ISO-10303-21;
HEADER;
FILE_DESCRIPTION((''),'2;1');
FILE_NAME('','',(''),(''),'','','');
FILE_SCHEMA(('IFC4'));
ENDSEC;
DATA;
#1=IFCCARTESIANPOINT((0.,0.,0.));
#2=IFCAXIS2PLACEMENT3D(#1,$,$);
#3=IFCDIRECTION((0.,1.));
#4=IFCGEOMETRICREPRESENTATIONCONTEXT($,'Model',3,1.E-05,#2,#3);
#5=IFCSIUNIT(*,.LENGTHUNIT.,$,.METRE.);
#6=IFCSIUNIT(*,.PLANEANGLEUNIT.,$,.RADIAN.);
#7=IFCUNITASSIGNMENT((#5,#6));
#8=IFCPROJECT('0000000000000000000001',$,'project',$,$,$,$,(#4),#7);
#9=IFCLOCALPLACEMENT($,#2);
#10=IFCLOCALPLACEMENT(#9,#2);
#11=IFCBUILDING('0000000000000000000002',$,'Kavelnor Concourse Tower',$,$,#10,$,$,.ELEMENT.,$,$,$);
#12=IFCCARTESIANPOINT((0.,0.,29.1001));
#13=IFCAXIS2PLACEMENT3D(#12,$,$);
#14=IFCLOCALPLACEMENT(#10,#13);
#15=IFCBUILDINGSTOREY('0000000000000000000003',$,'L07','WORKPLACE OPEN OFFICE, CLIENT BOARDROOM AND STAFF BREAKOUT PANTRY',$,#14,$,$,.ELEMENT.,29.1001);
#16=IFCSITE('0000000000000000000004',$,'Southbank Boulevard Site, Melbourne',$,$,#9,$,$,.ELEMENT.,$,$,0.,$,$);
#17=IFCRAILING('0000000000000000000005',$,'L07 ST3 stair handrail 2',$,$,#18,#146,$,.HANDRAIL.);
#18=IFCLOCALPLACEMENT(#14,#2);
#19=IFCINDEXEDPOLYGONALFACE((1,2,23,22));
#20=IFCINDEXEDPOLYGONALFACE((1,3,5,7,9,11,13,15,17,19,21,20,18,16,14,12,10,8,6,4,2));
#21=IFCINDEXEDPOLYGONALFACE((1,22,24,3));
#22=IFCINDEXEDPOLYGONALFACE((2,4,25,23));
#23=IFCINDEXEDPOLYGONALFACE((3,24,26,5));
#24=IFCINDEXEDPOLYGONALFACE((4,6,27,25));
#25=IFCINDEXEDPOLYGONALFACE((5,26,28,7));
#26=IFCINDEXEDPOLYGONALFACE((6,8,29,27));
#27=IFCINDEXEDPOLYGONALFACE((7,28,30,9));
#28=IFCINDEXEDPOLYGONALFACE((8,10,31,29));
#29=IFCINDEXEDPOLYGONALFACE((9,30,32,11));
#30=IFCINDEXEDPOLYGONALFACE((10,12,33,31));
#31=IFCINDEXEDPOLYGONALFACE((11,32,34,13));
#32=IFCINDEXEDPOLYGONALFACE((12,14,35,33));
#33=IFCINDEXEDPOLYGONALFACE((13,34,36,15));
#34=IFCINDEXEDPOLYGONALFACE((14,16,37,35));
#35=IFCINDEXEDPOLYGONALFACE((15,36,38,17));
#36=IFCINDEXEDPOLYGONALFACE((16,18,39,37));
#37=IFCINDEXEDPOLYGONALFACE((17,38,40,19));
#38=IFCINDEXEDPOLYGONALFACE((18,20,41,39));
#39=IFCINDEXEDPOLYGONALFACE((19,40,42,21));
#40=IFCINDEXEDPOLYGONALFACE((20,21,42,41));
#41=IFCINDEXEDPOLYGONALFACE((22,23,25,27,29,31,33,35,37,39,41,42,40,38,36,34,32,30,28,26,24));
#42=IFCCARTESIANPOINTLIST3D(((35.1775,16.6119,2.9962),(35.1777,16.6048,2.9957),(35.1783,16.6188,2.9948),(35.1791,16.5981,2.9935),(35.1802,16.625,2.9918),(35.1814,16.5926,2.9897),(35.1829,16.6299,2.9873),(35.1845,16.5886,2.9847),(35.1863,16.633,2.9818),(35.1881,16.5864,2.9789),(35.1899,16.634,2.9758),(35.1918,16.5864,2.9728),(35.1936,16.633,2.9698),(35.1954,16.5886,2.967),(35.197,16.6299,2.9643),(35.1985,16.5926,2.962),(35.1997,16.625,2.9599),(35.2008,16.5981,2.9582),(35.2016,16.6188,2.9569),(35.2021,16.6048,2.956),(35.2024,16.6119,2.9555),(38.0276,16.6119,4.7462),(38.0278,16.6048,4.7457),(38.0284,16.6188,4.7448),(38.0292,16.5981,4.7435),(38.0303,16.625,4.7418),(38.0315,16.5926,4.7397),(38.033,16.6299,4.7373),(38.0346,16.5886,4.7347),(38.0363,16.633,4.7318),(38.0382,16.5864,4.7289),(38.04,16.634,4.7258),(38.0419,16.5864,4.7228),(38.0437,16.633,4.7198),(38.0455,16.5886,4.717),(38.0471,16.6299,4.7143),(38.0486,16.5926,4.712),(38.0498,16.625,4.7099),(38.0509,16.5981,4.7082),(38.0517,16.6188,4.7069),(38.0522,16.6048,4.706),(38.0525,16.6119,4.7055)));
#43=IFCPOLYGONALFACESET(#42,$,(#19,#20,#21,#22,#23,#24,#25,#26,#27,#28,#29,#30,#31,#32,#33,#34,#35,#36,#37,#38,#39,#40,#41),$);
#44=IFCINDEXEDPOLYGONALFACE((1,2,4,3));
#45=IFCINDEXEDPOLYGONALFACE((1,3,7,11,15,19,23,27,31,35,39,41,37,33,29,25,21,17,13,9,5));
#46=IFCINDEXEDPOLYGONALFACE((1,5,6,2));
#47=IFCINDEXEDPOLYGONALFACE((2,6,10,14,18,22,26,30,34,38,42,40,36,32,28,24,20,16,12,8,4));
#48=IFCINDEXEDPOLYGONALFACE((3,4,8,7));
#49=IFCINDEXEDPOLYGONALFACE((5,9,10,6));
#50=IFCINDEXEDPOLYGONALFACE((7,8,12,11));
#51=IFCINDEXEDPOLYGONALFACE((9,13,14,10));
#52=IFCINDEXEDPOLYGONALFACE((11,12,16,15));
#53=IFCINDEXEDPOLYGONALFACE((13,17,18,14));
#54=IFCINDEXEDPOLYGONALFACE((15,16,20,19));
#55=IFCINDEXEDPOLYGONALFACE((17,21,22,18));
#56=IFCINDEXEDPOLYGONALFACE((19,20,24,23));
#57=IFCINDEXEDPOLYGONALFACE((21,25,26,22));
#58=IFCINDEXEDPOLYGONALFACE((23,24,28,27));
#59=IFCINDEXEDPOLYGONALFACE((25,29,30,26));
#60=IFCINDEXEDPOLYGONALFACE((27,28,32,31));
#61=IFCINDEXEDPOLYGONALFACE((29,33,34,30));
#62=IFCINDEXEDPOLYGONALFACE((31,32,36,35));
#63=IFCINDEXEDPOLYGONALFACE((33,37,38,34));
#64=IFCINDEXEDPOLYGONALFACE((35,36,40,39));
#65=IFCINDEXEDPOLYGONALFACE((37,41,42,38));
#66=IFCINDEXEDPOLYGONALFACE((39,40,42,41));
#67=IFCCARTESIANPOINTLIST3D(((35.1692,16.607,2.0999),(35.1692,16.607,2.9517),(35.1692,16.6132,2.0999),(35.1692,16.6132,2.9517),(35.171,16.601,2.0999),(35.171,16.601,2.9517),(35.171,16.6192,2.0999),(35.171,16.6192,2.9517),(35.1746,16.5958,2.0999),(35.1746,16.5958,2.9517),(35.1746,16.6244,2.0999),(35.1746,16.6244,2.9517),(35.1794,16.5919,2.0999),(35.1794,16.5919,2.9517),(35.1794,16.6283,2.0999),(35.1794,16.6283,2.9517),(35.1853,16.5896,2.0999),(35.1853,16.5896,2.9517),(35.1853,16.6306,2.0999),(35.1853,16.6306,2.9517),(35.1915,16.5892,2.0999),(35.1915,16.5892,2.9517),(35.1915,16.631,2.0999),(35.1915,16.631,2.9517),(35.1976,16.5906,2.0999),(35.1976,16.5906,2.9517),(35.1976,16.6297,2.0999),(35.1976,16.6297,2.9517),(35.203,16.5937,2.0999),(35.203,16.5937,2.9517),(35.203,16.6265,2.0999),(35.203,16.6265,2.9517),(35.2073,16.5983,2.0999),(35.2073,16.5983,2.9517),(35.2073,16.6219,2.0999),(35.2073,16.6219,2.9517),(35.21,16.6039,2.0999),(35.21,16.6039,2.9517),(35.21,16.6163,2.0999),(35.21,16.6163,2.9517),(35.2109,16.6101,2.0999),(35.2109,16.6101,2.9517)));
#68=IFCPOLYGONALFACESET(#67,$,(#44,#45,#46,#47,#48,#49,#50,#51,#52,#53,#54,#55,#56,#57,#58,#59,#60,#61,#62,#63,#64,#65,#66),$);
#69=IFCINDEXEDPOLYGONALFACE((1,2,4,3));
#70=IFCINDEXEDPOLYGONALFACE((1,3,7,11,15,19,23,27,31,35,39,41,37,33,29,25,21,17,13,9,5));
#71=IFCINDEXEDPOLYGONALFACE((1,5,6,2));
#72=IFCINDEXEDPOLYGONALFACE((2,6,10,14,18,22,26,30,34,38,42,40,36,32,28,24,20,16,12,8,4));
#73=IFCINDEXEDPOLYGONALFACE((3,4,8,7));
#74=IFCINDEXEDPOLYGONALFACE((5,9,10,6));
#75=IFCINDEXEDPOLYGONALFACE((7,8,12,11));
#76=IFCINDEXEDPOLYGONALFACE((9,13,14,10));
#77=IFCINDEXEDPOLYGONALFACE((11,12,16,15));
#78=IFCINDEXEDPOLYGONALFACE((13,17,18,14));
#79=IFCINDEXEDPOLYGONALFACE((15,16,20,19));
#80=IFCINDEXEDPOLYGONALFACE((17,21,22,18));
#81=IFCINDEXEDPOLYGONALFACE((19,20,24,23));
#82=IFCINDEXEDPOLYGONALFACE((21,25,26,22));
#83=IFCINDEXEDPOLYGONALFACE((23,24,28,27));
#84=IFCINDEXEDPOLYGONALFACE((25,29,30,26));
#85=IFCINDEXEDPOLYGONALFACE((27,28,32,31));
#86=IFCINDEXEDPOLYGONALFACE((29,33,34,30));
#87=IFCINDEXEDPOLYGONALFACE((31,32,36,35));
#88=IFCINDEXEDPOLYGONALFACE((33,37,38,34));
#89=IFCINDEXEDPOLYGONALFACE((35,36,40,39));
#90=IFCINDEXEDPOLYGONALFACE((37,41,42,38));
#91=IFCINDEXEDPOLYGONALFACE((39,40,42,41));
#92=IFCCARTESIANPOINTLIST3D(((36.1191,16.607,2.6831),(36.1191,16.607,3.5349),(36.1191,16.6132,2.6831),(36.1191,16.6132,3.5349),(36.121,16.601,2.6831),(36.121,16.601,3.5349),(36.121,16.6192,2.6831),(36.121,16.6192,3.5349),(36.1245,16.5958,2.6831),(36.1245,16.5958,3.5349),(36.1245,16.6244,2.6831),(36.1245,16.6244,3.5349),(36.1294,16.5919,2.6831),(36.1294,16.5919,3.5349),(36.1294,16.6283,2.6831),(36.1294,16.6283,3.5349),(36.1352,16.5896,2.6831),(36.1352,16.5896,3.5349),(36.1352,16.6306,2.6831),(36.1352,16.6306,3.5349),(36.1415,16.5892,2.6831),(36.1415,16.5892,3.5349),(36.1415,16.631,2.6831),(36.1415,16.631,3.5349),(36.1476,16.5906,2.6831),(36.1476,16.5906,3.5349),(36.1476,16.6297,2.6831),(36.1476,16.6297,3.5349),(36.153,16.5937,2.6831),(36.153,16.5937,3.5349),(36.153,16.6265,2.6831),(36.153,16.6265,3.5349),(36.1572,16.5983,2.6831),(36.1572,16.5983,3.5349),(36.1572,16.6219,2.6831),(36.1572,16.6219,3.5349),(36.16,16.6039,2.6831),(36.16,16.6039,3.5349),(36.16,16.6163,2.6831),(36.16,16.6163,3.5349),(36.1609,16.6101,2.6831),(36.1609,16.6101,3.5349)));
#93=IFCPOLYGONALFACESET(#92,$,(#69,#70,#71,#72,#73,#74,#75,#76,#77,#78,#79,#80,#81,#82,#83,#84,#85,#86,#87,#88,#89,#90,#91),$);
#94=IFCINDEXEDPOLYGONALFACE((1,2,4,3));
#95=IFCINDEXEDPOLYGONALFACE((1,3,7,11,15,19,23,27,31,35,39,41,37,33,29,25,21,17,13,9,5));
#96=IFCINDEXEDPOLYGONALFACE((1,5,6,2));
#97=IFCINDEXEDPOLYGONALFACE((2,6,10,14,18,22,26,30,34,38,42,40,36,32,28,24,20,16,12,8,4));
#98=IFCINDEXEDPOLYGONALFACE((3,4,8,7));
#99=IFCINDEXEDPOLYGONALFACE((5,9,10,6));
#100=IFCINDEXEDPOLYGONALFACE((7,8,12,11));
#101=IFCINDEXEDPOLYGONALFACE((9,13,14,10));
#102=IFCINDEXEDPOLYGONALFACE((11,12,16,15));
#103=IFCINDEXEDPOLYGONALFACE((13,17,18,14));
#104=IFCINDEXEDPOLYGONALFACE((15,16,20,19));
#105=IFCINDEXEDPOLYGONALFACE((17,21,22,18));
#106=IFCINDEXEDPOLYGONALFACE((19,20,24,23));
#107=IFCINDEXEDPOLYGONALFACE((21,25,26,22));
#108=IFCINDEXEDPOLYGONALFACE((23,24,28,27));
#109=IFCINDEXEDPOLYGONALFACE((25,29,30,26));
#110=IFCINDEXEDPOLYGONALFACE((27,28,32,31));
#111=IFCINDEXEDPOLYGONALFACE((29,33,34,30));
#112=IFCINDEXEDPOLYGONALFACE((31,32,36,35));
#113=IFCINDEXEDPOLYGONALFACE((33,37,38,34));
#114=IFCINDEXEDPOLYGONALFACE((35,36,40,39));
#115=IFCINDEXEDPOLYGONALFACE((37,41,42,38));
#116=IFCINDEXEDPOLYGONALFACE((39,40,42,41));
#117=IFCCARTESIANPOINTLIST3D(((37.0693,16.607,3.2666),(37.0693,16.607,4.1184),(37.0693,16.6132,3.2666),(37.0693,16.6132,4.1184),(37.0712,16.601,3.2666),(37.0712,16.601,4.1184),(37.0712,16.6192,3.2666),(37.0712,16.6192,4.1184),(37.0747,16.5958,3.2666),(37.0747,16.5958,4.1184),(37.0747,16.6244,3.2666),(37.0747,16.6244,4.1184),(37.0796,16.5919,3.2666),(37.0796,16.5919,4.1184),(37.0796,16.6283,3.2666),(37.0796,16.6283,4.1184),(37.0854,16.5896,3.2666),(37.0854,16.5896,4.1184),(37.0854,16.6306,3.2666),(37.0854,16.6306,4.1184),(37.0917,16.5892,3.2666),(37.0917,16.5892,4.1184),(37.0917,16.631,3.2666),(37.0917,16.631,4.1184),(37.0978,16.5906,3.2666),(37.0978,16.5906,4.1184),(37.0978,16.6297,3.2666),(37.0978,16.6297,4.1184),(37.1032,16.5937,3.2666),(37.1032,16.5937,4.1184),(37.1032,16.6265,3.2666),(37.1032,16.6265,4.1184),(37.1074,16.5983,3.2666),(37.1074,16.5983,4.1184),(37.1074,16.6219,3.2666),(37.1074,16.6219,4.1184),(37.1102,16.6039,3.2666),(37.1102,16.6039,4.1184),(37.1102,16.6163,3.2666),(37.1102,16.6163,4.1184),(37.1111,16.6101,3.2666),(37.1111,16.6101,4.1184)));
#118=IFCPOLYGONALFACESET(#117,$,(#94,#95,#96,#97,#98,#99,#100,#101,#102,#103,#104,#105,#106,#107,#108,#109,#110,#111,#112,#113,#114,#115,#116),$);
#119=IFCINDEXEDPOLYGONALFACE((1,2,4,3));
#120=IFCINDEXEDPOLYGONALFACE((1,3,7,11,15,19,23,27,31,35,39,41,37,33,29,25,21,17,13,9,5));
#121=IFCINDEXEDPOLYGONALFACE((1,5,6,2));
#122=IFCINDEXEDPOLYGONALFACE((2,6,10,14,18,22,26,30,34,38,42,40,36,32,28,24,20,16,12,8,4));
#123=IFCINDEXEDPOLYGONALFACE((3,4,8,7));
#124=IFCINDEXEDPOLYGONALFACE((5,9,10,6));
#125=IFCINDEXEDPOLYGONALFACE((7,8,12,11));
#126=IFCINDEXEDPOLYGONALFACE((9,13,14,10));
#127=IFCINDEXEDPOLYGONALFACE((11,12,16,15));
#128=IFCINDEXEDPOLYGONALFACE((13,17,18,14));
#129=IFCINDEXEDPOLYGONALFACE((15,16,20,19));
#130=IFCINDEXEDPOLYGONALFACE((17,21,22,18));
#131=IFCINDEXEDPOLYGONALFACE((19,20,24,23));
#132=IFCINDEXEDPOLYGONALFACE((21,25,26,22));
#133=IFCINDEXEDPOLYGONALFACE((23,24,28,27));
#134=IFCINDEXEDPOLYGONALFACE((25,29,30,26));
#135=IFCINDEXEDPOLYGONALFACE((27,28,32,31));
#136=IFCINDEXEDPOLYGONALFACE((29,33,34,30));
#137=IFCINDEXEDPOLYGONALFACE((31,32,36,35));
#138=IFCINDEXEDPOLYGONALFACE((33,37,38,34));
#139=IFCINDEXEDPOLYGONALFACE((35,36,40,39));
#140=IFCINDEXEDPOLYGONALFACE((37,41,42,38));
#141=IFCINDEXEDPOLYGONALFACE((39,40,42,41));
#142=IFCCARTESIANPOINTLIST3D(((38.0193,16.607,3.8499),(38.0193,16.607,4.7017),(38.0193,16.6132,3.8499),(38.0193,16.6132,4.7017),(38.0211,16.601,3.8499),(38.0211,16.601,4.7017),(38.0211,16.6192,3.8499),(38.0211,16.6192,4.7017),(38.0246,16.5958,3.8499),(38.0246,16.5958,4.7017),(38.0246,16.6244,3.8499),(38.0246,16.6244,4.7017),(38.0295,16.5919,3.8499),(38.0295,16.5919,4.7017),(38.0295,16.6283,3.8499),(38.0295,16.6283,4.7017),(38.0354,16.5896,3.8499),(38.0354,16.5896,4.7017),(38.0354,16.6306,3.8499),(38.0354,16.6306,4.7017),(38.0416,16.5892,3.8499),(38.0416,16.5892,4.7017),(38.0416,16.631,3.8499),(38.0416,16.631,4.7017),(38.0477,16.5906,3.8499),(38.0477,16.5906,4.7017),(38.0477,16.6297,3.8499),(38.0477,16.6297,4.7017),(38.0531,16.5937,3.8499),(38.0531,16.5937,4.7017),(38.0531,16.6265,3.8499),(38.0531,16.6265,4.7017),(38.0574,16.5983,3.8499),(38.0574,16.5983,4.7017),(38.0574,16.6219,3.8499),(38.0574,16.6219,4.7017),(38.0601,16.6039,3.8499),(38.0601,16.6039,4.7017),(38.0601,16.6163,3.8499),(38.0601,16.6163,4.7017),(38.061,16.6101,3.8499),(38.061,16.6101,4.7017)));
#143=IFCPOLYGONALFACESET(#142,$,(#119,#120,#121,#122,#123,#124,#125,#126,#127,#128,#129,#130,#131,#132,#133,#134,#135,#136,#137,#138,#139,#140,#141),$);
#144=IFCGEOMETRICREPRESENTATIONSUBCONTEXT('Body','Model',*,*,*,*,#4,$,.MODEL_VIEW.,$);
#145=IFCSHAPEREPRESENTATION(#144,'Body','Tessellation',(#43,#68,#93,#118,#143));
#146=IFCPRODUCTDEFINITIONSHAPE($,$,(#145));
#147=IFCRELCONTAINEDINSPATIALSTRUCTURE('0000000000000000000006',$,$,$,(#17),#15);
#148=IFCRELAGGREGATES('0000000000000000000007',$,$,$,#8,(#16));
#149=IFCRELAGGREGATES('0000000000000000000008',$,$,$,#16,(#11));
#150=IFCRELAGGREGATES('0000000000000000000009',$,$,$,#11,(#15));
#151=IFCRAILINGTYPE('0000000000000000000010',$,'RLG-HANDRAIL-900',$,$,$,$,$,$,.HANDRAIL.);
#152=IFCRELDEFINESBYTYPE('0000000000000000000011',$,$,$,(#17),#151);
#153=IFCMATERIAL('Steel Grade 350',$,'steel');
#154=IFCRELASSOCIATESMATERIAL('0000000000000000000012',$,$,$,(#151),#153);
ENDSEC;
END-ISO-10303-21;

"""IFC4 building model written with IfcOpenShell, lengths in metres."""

from ifc_helpers import new_model, si_unit, direction, frame, origin, origin_2d, place, context, subcontext, project, spatial, circle, extrude, material, type_object, element, save


model = new_model("IFC4")

# Units and contexts
model_context = context("Model", 3, precision=1e-05, world=origin(), true_north=direction((0.0, 1.0)))
body_context = subcontext(model_context, "Body", "Model", "MODEL_VIEW")
ifc_project = project(units=[si_unit("LENGTHUNIT", "METRE"), si_unit("PLANEANGLEUNIT", "RADIAN")], contexts=[model_context])

# Site, building, storey
site_placement = place(None, origin())
site = spatial("IfcSite", under=ifc_project, at=site_placement, Name="Southbank Boulevard Site, Melbourne", CompositionType="ELEMENT", RefElevation=0.0)
building_placement = place(site_placement, origin())
building = spatial("IfcBuilding", under=site, at=building_placement, Name="Kavelnor Concourse Tower", CompositionType="ELEMENT")
storey_placement = place(building_placement, frame((0.0, 0.0, 29.1001)))
storey = spatial("IfcBuildingStorey", under=building, at=storey_placement, Name="L07", Description="WORKPLACE OPEN OFFICE, CLIENT BOARDROOM AND STAFF BREAKOUT PANTRY", CompositionType="ELEMENT", Elevation=29.1001)

# Shared definitions
ifc_material_1 = material(Name="Steel Grade 350", Category="steel")

# Railing
railing_type = type_object("IfcRailingType", Name="RLG-HANDRAIL-900", PredefinedType="HANDRAIL", material=ifc_material_1)
railing_1_placement = place(storey_placement, frame((35.1899, 16.6101, 2.0999)))
element("IfcRailing", 1, at=railing_1_placement, inside=storey, type_object=railing_type, Name="L07 ST3 stair handrail 2", PredefinedType="HANDRAIL", context=body_context, shape_type="SweptSolid", body=[
    extrude(circle(Radius=0.0239, at=origin_2d()), frame((0.0, 0.0, 0.876), z_axis=(0.852179, 0.0, 0.52325), x_axis=(0.0, 1.0, 0.0)), (0.0, 0.0, 1.0), 3.3445),
    extrude(circle(Radius=0.021, at=origin_2d()), origin(), (0.0, 0.0, 1.0), 0.8518),
    extrude(circle(Radius=0.021, at=origin_2d()), frame((0.95, 0.0, 0.5833)), (0.0, 0.0, 1.0), 0.8518),
    extrude(circle(Radius=0.021, at=origin_2d()), frame((1.9001, 0.0, 1.1667)), (0.0, 0.0, 1.0), 0.8518),
    extrude(circle(Radius=0.021, at=origin_2d()), frame((2.8501, 0.0, 1.75)), (0.0, 0.0, 1.0), 0.8518),
])

save(model, "model.ifc")
